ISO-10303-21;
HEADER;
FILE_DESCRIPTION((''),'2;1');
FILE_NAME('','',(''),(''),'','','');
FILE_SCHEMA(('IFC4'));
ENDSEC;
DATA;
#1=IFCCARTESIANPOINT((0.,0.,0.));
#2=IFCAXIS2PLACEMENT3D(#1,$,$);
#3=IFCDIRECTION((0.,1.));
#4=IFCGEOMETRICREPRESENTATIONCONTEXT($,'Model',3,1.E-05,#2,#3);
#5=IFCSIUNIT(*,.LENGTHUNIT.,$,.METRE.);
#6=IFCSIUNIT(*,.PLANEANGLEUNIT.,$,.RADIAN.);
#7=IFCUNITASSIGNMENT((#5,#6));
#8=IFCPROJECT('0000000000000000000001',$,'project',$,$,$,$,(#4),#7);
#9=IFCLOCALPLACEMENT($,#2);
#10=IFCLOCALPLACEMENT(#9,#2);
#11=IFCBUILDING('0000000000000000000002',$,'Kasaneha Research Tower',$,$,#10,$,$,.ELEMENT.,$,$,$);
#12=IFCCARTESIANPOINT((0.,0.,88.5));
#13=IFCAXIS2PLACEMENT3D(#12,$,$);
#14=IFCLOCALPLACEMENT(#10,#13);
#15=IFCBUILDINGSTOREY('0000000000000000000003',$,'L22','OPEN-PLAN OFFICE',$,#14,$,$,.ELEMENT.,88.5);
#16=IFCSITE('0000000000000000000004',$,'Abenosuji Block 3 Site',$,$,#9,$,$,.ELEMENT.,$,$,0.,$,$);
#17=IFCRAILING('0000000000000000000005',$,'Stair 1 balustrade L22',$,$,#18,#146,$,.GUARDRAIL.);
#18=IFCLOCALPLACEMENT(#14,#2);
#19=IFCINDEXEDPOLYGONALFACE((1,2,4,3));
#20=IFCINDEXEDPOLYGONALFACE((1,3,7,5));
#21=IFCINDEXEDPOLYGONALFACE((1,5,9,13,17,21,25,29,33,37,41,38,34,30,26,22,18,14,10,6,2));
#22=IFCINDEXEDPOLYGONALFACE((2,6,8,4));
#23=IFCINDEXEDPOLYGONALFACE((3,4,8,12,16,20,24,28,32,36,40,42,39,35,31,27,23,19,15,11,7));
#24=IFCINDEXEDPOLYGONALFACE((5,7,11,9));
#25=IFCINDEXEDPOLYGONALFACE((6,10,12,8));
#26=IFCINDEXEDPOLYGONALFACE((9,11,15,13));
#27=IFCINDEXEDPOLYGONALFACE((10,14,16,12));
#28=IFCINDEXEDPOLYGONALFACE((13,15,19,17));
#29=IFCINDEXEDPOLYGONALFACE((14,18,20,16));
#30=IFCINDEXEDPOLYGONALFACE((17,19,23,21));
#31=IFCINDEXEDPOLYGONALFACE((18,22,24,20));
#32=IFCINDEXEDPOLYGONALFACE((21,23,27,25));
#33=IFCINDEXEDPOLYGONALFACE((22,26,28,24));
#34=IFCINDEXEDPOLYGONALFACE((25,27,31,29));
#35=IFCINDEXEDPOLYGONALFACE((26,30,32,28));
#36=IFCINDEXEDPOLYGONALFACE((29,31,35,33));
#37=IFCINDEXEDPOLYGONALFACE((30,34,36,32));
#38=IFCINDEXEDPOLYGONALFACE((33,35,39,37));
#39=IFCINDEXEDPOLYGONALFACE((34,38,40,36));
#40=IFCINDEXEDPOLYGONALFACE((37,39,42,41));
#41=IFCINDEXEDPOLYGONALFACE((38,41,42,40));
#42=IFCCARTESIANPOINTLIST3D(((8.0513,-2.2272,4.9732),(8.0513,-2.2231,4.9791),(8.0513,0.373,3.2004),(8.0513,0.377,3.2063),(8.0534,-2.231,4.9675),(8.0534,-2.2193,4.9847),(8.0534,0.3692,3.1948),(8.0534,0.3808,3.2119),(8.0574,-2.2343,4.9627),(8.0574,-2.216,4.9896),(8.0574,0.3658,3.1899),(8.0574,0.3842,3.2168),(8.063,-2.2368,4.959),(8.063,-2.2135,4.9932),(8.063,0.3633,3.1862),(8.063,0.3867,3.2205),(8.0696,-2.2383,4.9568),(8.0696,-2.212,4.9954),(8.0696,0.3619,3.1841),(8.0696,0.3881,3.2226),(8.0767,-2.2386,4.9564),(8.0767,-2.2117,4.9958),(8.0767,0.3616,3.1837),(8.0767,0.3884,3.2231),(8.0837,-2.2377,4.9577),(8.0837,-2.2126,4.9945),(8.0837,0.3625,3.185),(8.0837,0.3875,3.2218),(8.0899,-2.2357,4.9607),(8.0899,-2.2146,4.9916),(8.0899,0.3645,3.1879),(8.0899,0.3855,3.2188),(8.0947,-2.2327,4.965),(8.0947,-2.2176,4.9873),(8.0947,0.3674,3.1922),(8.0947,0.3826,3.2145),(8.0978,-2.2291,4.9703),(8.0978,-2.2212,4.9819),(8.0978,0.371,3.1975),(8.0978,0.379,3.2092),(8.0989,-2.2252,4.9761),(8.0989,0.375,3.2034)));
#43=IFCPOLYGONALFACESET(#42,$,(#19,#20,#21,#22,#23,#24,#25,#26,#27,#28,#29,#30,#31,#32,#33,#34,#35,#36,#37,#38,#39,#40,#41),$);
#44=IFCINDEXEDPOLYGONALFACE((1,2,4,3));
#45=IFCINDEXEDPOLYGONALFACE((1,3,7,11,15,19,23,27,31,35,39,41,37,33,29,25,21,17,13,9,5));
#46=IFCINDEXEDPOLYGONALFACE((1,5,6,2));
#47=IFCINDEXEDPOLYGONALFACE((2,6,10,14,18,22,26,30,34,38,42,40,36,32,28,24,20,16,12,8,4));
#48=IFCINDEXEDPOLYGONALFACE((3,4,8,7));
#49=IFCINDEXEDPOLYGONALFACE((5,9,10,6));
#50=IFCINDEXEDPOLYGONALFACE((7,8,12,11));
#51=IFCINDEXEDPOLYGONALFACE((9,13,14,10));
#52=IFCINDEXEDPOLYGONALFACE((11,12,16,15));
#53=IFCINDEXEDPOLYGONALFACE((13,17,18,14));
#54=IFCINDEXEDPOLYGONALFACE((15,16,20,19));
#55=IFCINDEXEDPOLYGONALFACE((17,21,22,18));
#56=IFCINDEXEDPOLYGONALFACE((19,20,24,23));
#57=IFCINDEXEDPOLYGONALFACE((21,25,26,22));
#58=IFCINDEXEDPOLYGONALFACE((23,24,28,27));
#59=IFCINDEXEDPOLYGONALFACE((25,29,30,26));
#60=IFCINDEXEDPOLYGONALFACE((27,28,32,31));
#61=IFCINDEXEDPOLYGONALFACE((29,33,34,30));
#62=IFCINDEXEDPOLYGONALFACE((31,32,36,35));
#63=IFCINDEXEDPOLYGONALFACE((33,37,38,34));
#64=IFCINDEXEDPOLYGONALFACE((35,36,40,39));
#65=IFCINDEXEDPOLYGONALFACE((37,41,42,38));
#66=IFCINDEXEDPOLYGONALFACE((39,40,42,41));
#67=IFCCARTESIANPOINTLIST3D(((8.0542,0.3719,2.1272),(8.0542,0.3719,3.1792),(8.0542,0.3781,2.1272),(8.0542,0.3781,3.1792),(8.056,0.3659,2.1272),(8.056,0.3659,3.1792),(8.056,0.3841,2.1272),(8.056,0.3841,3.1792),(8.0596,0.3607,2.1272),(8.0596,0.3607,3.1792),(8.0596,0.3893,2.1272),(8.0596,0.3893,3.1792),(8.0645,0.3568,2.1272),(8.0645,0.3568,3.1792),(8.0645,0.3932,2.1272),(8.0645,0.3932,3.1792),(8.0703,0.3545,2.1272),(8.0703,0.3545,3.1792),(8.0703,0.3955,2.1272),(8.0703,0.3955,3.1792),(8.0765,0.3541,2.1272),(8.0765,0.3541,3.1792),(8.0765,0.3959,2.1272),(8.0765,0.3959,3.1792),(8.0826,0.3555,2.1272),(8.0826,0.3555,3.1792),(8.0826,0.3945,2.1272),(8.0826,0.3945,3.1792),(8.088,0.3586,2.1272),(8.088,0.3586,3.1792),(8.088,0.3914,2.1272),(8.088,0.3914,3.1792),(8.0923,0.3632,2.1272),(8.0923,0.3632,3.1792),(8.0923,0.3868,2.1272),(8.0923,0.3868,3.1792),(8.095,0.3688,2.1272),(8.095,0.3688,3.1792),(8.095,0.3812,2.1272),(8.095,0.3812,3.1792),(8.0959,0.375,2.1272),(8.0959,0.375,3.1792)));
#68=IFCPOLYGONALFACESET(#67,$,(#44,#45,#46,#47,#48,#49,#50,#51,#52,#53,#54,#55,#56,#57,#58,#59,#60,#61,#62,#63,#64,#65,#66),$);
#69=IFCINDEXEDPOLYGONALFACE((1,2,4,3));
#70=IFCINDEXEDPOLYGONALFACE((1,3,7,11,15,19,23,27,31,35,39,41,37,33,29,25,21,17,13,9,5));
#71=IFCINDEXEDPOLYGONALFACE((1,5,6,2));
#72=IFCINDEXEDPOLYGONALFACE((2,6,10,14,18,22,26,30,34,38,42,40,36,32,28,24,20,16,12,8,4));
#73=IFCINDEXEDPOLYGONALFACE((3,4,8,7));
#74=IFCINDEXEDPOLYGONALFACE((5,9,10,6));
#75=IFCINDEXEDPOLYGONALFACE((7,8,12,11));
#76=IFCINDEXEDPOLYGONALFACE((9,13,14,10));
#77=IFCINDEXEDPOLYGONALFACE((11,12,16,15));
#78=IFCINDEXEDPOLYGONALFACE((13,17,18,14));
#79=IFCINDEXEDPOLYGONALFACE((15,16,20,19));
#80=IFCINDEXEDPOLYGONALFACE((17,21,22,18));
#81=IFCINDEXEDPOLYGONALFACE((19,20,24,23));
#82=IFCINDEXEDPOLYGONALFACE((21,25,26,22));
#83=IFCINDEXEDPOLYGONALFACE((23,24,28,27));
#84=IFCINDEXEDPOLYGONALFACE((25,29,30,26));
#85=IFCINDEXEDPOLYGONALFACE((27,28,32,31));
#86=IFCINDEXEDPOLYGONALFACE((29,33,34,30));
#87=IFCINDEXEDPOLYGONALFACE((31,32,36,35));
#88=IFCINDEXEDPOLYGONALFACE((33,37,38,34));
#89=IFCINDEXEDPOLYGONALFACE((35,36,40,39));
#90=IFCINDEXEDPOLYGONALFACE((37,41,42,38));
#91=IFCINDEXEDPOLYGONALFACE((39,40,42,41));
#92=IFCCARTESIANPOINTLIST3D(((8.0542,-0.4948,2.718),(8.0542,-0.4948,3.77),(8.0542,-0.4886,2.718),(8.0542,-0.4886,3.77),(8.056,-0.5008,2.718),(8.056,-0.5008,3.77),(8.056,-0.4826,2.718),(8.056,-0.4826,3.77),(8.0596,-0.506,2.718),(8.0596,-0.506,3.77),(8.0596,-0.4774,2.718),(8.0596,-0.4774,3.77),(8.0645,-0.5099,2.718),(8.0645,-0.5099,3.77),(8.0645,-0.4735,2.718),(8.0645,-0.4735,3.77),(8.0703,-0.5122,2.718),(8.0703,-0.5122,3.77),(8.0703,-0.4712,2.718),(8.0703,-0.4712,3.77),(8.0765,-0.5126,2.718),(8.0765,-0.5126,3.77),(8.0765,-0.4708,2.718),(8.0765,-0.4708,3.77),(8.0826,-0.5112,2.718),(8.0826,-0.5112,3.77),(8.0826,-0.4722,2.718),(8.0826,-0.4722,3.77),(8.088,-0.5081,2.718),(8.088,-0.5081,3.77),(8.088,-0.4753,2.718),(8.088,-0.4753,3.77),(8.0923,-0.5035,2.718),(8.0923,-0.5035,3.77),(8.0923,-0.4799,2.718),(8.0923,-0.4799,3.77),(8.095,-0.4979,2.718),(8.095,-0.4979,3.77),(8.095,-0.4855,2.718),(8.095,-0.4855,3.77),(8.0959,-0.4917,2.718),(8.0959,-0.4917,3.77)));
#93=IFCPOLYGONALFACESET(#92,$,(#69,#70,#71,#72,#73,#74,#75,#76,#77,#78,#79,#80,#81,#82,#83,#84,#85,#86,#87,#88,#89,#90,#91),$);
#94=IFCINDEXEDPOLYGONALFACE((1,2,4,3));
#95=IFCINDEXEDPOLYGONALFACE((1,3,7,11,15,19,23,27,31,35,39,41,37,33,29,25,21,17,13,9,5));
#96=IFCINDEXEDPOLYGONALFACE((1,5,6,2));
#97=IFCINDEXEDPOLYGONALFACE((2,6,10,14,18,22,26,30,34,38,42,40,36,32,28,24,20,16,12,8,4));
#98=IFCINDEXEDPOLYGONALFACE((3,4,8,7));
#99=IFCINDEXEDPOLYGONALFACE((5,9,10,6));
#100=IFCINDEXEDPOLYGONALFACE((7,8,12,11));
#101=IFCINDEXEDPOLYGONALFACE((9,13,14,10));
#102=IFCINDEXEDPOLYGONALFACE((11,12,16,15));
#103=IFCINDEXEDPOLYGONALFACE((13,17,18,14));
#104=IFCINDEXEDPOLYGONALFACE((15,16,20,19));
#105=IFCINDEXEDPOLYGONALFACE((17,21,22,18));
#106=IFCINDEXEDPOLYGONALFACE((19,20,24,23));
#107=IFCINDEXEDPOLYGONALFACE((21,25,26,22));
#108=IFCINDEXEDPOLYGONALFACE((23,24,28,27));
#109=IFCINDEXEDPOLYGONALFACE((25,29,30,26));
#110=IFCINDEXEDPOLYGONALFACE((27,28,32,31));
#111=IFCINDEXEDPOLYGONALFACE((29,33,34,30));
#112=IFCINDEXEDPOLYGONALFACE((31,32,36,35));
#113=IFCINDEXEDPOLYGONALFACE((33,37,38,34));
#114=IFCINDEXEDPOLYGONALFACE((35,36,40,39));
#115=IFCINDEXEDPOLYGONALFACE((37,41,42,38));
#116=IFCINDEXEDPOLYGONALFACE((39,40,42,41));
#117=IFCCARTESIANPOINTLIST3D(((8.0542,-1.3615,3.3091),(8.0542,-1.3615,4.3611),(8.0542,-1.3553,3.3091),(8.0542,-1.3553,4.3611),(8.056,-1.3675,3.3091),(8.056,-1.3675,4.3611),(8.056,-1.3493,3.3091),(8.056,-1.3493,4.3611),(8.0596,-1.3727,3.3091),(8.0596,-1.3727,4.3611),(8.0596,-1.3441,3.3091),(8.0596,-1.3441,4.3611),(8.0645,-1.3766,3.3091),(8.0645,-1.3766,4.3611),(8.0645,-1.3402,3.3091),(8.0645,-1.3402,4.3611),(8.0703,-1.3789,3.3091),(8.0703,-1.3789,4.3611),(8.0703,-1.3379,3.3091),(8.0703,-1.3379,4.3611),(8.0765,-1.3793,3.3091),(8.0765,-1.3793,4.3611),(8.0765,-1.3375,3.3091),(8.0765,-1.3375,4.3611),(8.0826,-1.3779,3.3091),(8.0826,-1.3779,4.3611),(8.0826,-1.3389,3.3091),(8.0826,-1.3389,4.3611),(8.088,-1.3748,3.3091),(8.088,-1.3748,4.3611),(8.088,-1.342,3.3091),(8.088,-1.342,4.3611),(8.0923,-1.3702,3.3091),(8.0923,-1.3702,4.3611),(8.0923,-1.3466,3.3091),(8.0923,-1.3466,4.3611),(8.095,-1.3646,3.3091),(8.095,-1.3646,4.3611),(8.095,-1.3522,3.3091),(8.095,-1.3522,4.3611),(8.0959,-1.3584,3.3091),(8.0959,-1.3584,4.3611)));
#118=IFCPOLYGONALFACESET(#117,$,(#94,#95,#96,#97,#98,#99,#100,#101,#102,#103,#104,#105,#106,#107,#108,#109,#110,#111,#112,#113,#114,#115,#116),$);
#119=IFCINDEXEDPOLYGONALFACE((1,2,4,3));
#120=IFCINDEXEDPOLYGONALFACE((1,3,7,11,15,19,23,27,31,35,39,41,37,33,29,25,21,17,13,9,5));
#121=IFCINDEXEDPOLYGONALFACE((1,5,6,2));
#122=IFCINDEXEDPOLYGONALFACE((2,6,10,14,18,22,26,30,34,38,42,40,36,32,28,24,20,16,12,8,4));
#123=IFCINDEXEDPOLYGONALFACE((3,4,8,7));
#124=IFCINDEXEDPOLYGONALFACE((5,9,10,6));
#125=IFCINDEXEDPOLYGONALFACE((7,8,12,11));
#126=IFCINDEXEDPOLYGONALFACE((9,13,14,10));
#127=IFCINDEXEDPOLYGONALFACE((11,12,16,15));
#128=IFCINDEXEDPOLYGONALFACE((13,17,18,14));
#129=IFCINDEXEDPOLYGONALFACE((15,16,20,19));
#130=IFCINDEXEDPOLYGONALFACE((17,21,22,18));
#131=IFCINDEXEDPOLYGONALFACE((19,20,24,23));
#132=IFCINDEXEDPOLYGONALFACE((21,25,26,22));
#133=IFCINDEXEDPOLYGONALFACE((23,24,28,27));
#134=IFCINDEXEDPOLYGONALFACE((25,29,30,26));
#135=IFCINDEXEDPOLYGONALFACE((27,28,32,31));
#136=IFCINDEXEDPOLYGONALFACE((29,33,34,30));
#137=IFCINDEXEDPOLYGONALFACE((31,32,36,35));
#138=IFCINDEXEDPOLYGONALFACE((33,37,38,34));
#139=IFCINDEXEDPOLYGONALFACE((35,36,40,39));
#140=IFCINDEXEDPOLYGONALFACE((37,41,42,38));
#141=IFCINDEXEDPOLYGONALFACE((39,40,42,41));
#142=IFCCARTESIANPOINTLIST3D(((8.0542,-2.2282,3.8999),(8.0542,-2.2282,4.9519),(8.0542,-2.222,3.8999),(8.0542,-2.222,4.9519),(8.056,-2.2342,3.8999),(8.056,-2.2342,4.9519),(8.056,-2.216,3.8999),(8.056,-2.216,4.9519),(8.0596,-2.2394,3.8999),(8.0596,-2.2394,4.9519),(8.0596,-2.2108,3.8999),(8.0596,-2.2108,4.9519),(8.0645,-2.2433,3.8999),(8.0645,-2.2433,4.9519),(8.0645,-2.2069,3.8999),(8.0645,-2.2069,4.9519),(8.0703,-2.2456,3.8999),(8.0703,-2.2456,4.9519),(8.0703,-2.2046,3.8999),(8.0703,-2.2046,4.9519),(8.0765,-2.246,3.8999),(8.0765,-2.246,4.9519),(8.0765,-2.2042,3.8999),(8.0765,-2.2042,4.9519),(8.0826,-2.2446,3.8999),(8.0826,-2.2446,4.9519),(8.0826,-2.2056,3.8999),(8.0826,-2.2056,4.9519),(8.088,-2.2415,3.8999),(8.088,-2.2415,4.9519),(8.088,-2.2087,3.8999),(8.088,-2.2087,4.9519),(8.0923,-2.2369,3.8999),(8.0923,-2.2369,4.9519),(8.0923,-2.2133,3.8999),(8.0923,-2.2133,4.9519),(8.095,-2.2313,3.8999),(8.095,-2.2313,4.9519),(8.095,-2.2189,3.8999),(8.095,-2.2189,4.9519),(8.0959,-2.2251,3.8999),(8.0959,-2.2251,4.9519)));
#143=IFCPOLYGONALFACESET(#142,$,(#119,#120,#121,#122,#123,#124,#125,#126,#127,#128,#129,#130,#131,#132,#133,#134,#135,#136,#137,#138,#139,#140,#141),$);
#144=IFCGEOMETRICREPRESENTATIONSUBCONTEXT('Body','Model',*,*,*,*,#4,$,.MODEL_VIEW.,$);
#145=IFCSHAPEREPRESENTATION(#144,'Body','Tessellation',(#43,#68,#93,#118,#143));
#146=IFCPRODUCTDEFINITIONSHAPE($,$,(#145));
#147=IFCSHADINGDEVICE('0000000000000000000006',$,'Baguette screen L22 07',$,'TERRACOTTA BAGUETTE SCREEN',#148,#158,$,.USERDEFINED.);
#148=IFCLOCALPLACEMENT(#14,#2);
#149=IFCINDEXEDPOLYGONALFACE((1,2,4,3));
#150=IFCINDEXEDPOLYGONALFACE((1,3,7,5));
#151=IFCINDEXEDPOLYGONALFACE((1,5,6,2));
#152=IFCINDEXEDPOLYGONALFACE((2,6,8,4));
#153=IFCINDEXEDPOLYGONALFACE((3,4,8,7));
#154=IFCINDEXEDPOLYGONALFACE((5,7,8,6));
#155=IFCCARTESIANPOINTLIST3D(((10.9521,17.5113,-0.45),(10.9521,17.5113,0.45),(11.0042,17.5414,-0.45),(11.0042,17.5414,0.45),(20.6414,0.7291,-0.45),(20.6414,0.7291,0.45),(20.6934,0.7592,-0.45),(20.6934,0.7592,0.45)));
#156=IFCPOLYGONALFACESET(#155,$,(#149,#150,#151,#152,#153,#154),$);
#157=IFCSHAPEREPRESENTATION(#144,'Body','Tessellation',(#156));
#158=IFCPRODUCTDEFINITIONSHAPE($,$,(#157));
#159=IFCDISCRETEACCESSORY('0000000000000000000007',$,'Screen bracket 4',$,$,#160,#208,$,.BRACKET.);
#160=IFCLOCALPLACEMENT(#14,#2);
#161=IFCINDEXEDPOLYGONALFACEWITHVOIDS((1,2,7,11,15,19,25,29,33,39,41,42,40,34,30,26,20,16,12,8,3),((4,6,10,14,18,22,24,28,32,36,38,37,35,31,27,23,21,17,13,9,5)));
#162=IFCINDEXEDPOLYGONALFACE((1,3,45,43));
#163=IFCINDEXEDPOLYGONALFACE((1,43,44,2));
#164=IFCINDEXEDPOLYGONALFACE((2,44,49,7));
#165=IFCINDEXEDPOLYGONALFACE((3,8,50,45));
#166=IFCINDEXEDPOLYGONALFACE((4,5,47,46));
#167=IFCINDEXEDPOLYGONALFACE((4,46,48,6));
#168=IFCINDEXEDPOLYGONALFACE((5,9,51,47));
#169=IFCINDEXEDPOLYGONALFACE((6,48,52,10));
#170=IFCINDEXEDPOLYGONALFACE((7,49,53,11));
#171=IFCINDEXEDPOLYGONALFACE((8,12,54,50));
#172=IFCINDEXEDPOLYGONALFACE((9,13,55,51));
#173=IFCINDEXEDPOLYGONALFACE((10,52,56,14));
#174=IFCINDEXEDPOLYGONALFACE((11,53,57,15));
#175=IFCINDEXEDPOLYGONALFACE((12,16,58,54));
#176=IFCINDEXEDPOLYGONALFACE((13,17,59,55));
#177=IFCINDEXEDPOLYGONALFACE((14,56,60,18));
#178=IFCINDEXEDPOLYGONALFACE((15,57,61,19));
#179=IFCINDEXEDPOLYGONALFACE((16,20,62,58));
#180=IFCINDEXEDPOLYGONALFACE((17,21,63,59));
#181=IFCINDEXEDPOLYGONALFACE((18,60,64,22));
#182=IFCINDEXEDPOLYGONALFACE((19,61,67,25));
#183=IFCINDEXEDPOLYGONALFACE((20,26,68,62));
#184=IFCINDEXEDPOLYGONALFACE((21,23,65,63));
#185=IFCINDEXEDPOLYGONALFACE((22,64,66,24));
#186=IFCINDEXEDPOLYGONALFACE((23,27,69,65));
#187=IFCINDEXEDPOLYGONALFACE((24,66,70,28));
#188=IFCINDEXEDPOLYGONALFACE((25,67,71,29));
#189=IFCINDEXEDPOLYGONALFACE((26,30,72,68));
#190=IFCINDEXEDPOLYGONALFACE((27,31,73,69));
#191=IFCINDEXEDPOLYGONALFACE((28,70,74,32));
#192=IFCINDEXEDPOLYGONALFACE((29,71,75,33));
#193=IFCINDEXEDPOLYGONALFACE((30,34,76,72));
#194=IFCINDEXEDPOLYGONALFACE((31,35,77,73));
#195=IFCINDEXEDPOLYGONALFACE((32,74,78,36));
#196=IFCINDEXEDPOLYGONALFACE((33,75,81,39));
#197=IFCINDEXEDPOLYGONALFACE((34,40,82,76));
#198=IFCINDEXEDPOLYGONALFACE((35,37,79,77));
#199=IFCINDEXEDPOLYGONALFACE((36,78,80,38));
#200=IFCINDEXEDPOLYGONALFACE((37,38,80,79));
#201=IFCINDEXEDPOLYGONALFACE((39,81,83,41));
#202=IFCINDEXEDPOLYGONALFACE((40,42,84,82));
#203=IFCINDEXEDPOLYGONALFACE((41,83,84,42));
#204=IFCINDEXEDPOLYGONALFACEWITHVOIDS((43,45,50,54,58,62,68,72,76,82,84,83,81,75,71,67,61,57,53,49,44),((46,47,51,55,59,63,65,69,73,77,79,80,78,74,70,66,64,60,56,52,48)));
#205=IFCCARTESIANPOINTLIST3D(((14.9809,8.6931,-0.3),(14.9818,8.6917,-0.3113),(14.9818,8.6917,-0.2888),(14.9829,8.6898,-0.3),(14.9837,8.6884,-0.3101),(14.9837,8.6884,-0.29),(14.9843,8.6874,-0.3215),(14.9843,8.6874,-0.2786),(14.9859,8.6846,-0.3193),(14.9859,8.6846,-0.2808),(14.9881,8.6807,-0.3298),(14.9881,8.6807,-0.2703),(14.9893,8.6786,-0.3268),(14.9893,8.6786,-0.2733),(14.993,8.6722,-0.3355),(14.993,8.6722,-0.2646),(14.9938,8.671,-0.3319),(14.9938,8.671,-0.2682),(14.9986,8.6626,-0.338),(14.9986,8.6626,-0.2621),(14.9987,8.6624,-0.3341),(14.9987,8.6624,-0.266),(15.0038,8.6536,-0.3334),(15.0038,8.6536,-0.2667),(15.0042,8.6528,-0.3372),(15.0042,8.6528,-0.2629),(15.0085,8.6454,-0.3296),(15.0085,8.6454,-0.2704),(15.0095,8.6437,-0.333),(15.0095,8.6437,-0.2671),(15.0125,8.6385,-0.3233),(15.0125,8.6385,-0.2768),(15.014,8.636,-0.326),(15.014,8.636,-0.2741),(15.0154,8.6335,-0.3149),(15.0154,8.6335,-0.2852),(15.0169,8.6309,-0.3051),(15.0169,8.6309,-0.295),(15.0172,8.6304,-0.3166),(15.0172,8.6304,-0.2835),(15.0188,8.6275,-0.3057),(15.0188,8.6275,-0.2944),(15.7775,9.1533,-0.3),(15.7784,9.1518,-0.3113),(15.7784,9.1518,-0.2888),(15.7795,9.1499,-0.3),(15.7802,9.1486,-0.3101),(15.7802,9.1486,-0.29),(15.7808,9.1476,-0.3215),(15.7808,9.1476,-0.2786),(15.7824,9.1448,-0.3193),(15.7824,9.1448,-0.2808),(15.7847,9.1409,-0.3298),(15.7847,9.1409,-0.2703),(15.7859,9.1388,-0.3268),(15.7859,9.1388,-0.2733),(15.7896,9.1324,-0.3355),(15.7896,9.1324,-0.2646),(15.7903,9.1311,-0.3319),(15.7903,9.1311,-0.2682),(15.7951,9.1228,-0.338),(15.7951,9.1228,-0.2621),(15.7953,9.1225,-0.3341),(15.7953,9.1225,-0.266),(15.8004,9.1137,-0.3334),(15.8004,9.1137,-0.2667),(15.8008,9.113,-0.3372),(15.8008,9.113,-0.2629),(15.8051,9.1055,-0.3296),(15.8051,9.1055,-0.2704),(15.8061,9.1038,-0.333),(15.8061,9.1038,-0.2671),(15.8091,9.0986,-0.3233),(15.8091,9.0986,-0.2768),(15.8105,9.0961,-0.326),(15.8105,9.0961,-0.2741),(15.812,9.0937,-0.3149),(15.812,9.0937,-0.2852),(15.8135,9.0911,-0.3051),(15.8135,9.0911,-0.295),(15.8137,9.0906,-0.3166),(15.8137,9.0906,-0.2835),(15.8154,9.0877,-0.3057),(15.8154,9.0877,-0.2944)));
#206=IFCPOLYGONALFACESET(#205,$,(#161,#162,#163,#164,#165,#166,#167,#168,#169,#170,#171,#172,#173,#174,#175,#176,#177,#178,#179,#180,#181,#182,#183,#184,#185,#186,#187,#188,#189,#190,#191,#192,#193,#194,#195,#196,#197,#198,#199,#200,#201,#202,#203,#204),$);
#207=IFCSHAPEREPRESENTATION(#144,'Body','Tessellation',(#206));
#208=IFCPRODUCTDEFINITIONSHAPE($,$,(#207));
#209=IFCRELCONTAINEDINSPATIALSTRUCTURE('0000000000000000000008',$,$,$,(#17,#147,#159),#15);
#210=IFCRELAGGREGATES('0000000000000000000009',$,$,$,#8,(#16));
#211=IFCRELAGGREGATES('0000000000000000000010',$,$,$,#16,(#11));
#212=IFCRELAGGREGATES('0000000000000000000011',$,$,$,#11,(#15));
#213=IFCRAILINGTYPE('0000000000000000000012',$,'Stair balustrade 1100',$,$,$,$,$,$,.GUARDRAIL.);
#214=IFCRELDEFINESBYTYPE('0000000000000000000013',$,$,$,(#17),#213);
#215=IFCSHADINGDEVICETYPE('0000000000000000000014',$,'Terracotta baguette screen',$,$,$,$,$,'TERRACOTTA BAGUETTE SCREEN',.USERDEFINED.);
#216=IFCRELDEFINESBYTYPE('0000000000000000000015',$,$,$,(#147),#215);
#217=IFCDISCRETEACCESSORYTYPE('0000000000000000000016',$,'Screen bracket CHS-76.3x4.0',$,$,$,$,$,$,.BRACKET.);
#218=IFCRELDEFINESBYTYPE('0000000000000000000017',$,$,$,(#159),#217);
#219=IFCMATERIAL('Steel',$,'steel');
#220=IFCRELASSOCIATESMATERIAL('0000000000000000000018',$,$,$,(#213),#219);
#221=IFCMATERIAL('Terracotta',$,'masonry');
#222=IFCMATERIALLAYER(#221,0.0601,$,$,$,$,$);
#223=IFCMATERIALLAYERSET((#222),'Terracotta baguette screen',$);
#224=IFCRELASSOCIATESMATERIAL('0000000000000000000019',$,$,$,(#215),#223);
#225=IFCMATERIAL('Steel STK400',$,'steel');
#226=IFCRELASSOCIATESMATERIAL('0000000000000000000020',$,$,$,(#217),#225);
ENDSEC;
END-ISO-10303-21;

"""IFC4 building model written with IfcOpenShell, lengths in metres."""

from ifc_helpers import new_model, si_unit, direction, frame, origin, origin_2d, place, context, subcontext, project, spatial, rectangle, circle, hollow_circle, extrude, material, layer, layer_set, material_profile, profile_set, type_object, element, save


model = new_model("IFC4")

# Units and contexts
model_context = context("Model", 3, precision=1e-05, world=origin(), true_north=direction((0.0, 1.0)))
body_context = subcontext(model_context, "Body", "Model", "MODEL_VIEW")
ifc_project = project(units=[si_unit("LENGTHUNIT", "METRE"), si_unit("PLANEANGLEUNIT", "RADIAN")], contexts=[model_context])

# Site, building, storey
site_placement = place(None, origin())
site = spatial("IfcSite", under=ifc_project, at=site_placement, Name="Abenosuji Block 3 Site", CompositionType="ELEMENT", RefElevation=0.0)
building_placement = place(site_placement, origin())
building = spatial("IfcBuilding", under=site, at=building_placement, Name="Kasaneha Research Tower", CompositionType="ELEMENT")
storey_placement = place(building_placement, frame((0.0, 0.0, 88.5)))
storey = spatial("IfcBuildingStorey", under=building, at=storey_placement, Name="L22", Description="OPEN-PLAN OFFICE", CompositionType="ELEMENT", Elevation=88.5)

# Railing
ifc_material_1 = material(Name="Steel", Category="steel")
railing_type = type_object("IfcRailingType", Name="Stair balustrade 1100", PredefinedType="GUARDRAIL", material=ifc_material_1)
railing_placement = place(storey_placement, frame((8.075, 0.375, 2.1272)))
element("IfcRailing", 1, at=railing_placement, inside=storey, type_object=railing_type, Name="Stair 1 balustrade L22", PredefinedType="GUARDRAIL", context=body_context, shape_type="SweptSolid", body=[
    extrude(circle(Radius=0.0239, at=origin_2d()), frame((0.0, 0.0, 1.0762), z_axis=(0.0, -0.82624, 0.563318), x_axis=(1.0, 0.0, 0.0)), (0.0, 0.0, 1.0), 3.147),
    extrude(circle(Radius=0.021, at=origin_2d()), origin(), (0.0, 0.0, 1.0), 1.052),
    extrude(circle(Radius=0.021, at=origin_2d()), frame((0.0, -0.8667, 0.5908)), (0.0, 0.0, 1.0), 1.052),
    extrude(circle(Radius=0.021, at=origin_2d()), frame((0.0, -1.7334, 1.1819)), (0.0, 0.0, 1.0), 1.052),
    extrude(circle(Radius=0.021, at=origin_2d()), frame((0.0, -2.6001, 1.7727)), (0.0, 0.0, 1.0), 1.052),
])

# Shading device
ifc_material_2 = material(Name="Terracotta", Category="masonry")
ifc_layer_1 = layer(ifc_material_2, 0.0601)
ifc_layer_set_1 = layer_set([ifc_layer_1], Name="Terracotta baguette screen")
shading_device_type = type_object("IfcShadingDeviceType", Name="Terracotta baguette screen", ElementType="TERRACOTTA BAGUETTE SCREEN", PredefinedType="USERDEFINED", material=ifc_layer_set_1)
shading_device_placement = place(storey_placement, frame((15.8228, 9.1353, -0.45), z_axis=(0.0, 0.0, 1.0), x_axis=(-0.5, 0.866025, 0.0)))
element("IfcShadingDevice", 2, at=shading_device_placement, inside=storey, type_object=shading_device_type, Name="Baguette screen L22 07", ObjectType="TERRACOTTA BAGUETTE SCREEN", PredefinedType="USERDEFINED", context=body_context, shape_type="SweptSolid", body=[
    extrude(rectangle(XDim=19.3784, YDim=0.0601, at=origin_2d()), origin(), (0.0, 0.0, 1.0), 0.8999),
])

# Discrete accessory
ifc_material_3 = material(Name="Steel STK400", Category="steel")
ifc_material_profile_1 = material_profile(ifc_material_3, hollow_circle(Radius=0.0381, WallThickness=0.0039, at=origin_2d()), Name="CHS-76.3x4.0")
ifc_profile_set_1 = profile_set([ifc_material_profile_1], Name="Steel STK400")
discrete_accessory_type = type_object("IfcDiscreteAccessoryType", Name="Screen bracket CHS-76.3x4.0", PredefinedType="BRACKET", material=ifc_profile_set_1)
discrete_accessory_placement = place(storey_placement, frame((15.0, 8.6602, -0.3), z_axis=(0.865898, 0.50022, 0.0), x_axis=(-0.50022, 0.865898, 0.0)))
element("IfcDiscreteAccessory", 3, at=discrete_accessory_placement, inside=storey, type_object=discrete_accessory_type, Name="Screen bracket 4", PredefinedType="BRACKET", context=body_context, shape_type="SweptSolid", body=[
    extrude(hollow_circle(Radius=0.0381, WallThickness=0.0039, at=origin_2d()), origin(), (0.0, 0.0, 1.0), 0.9199),
])

save(model, "model.ifc")
